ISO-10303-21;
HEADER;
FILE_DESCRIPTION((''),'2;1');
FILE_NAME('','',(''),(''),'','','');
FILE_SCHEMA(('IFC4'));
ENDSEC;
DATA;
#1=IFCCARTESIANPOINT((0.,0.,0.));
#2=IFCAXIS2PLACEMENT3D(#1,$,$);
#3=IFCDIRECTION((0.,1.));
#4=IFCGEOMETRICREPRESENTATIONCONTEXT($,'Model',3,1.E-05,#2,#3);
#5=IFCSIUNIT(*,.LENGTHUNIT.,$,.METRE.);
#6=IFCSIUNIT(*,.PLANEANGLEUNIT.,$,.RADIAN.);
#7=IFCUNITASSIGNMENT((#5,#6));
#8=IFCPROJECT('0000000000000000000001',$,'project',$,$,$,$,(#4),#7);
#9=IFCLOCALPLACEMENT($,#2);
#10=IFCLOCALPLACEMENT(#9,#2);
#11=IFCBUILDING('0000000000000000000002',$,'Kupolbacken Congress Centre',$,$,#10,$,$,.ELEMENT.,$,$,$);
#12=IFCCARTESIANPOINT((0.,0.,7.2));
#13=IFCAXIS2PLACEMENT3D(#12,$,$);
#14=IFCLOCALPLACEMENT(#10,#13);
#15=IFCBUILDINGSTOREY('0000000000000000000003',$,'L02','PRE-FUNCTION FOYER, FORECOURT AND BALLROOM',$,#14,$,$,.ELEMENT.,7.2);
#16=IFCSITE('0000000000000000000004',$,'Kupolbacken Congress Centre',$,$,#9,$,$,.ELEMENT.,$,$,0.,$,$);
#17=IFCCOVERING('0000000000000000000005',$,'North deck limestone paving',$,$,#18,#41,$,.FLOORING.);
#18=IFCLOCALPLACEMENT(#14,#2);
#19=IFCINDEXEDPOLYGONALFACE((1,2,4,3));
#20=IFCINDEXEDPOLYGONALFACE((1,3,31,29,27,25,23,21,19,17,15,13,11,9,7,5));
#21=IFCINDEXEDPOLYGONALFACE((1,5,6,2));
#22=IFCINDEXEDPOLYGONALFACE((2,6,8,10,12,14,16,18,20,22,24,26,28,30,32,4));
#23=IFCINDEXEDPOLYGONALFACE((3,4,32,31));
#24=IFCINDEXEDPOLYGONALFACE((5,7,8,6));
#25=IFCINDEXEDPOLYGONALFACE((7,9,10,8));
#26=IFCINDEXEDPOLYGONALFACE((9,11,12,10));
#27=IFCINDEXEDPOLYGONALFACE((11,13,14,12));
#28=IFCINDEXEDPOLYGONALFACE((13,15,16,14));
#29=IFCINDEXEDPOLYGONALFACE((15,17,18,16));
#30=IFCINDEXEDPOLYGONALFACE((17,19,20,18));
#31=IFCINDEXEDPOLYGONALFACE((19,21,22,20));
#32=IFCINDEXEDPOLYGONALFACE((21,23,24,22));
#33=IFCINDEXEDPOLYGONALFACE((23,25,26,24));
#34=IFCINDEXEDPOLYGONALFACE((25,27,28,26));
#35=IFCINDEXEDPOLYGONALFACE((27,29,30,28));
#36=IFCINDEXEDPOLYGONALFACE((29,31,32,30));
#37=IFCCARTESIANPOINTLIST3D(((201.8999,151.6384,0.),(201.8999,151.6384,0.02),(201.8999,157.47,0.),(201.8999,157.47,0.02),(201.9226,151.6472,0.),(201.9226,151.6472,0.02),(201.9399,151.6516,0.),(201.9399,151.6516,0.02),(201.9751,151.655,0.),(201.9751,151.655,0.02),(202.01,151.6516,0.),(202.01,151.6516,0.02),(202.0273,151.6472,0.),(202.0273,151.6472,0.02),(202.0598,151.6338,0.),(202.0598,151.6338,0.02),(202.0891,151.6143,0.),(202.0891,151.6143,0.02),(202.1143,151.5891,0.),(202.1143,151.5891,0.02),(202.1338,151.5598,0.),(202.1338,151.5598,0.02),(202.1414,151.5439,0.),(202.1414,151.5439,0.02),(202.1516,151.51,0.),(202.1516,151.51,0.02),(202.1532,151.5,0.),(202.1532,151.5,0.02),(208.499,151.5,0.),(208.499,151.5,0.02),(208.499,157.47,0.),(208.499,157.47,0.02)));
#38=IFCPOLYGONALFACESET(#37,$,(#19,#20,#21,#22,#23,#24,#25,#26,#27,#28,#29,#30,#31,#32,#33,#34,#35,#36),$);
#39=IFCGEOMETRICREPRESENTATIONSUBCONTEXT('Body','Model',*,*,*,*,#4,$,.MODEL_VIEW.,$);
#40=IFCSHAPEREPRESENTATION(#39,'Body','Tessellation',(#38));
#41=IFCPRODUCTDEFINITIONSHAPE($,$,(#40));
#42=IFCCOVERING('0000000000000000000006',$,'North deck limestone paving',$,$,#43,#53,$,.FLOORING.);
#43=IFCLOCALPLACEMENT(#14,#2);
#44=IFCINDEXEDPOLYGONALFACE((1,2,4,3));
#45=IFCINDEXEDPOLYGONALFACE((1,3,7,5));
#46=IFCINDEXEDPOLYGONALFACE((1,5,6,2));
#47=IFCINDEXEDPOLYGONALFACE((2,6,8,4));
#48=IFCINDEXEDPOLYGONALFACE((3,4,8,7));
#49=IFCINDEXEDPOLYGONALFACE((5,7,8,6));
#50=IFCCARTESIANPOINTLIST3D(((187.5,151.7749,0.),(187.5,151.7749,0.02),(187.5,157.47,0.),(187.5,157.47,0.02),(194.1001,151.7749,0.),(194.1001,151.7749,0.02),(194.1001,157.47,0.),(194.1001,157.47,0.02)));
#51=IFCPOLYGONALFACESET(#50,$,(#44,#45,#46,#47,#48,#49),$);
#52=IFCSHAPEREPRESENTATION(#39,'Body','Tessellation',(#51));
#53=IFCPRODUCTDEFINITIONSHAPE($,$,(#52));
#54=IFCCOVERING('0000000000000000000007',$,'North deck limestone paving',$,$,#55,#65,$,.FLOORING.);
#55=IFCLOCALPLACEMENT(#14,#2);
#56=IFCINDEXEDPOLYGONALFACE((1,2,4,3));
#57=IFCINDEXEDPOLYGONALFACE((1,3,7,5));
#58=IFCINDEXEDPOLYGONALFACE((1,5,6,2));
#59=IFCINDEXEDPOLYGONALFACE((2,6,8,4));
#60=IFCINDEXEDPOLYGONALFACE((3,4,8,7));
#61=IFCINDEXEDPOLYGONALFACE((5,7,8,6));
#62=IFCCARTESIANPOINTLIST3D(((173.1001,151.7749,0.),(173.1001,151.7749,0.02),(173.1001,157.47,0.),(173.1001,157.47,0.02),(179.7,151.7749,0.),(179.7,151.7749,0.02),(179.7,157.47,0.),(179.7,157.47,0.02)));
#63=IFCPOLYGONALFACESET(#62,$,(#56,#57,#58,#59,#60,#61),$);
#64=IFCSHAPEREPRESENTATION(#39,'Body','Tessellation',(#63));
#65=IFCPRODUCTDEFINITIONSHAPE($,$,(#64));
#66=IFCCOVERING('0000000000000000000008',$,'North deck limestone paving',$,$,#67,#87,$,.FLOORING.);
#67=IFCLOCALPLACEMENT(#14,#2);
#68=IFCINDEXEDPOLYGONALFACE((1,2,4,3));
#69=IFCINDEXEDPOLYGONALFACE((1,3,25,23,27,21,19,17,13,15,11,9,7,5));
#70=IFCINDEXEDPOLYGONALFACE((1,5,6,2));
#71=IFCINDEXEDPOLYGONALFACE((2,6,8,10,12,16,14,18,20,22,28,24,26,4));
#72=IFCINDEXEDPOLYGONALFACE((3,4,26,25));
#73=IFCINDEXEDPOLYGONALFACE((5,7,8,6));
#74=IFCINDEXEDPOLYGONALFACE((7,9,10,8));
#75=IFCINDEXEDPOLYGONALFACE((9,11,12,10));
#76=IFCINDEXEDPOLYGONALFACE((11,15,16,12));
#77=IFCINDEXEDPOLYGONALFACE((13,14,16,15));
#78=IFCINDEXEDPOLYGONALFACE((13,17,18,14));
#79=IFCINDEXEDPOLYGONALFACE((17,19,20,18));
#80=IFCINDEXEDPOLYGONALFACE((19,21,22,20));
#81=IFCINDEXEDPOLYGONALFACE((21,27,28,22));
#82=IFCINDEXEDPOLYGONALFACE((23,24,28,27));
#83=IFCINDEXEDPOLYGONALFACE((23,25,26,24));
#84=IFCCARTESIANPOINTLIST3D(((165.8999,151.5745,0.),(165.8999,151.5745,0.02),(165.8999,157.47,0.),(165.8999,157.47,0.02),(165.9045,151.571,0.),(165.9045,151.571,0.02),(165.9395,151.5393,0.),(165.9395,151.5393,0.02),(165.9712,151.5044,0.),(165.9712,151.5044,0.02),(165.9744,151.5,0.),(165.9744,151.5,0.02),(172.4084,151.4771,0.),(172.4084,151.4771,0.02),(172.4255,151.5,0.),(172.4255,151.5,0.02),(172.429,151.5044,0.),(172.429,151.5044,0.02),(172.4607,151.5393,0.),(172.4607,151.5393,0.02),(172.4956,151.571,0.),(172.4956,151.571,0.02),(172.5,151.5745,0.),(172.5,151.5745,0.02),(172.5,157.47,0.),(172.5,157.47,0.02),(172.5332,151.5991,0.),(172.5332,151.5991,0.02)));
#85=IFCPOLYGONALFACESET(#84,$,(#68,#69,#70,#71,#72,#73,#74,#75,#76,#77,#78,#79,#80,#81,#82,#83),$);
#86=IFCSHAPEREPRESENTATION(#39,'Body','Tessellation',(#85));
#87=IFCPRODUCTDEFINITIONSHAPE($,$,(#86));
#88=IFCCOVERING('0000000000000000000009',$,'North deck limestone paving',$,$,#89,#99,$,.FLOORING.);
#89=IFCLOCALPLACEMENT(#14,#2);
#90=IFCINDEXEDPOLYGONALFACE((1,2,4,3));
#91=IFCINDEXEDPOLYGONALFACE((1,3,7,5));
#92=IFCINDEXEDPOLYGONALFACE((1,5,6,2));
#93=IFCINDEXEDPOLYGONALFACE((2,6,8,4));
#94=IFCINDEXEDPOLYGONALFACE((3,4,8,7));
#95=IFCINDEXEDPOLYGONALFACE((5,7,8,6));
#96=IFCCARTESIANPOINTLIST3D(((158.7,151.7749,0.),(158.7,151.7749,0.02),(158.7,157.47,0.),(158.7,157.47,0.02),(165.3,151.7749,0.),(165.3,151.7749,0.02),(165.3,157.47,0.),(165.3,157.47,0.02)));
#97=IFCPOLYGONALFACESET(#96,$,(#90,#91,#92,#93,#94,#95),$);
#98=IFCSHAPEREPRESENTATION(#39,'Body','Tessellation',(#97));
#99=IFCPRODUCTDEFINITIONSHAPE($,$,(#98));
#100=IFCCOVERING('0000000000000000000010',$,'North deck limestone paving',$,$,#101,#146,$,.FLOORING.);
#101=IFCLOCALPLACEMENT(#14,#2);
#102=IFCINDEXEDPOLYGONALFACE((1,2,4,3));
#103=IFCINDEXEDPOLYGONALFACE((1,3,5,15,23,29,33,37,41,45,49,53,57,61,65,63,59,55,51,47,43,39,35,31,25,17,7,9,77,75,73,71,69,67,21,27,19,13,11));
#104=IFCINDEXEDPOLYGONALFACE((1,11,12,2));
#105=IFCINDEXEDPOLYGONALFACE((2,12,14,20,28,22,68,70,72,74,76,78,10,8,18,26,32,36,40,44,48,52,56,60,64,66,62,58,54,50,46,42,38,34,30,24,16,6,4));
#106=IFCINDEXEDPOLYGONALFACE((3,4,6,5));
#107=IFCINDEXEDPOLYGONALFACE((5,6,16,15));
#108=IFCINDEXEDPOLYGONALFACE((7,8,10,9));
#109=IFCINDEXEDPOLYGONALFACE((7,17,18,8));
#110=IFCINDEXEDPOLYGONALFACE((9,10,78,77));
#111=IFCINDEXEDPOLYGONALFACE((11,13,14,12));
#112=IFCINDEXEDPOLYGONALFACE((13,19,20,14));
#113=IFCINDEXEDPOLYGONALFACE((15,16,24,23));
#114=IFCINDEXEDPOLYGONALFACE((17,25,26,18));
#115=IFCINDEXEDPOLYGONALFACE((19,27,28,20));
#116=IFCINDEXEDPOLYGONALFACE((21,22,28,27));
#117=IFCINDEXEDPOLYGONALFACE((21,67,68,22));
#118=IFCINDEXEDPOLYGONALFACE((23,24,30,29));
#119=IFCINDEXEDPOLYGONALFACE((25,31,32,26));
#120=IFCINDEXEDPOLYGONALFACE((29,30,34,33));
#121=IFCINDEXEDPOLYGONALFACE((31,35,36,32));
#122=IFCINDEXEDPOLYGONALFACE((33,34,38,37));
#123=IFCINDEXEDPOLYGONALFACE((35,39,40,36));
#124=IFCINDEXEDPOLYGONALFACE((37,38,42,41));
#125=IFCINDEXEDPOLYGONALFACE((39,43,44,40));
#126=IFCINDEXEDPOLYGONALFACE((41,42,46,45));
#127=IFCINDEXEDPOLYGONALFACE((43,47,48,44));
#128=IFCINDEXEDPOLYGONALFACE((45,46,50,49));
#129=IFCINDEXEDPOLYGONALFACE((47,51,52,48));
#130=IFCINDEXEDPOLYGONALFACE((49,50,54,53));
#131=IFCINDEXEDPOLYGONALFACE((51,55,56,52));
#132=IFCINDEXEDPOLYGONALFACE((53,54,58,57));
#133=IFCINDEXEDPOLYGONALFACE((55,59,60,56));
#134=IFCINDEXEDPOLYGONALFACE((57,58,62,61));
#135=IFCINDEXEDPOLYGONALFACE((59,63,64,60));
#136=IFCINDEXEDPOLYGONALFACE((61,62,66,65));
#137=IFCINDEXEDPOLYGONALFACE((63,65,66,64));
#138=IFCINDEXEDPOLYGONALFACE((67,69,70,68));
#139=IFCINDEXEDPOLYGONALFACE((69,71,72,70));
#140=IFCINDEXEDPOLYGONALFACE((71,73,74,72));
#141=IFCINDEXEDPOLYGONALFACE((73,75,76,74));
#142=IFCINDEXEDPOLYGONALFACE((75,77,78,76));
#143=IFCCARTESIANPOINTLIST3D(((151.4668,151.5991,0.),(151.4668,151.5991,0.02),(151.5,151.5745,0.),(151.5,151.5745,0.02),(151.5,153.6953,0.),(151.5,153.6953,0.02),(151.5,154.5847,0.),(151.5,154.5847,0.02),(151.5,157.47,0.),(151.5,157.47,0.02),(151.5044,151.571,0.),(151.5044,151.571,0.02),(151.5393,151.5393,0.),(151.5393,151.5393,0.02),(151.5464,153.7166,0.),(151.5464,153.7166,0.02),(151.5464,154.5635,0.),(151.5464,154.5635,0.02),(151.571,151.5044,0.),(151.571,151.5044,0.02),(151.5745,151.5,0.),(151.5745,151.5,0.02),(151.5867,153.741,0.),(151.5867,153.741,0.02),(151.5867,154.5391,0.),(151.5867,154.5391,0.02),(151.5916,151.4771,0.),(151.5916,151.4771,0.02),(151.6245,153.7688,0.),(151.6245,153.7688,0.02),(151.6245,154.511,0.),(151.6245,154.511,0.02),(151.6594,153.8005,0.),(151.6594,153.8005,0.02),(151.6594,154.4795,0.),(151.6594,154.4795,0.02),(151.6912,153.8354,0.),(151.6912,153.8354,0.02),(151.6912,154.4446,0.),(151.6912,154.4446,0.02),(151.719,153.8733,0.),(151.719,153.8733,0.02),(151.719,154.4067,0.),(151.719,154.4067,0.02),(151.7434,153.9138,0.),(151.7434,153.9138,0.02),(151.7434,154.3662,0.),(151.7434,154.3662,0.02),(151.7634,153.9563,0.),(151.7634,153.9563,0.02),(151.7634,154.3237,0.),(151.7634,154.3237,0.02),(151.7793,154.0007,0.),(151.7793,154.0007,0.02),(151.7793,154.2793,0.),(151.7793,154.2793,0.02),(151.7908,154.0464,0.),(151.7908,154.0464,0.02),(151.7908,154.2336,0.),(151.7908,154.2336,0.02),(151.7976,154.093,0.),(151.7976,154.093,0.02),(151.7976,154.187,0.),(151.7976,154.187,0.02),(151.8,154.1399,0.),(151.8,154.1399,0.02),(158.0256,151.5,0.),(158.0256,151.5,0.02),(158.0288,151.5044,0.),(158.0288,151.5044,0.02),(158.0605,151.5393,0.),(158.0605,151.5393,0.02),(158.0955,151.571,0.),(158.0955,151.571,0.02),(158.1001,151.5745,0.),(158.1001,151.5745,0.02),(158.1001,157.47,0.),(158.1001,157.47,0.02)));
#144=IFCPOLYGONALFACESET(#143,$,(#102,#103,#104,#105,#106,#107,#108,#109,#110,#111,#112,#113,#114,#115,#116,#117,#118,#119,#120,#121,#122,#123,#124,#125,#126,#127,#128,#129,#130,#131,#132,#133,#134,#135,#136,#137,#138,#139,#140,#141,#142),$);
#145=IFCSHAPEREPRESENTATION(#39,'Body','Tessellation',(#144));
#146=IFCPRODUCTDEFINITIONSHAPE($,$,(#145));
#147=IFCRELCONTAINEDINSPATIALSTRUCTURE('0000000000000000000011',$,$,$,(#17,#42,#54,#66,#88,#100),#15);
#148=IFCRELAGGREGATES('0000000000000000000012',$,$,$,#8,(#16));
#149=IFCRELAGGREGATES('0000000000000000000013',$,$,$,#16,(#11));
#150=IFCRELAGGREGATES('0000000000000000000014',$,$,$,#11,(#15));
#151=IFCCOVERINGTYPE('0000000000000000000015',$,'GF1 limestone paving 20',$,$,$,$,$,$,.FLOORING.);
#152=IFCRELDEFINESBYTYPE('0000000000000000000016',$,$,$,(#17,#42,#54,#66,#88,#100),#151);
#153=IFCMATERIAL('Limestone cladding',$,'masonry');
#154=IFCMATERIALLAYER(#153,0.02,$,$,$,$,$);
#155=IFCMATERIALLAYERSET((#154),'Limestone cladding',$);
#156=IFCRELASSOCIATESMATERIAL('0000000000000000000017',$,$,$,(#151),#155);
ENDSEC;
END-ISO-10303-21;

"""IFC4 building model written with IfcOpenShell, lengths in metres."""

from ifc_helpers import new_model, si_unit, direction, frame, origin, place, context, subcontext, project, spatial, polyline, outline, extrude, material, layer, layer_set, type_object, element, save


model = new_model("IFC4")

# Units and contexts
model_context = context("Model", 3, precision=1e-05, world=origin(), true_north=direction((0.0, 1.0)))
body_context = subcontext(model_context, "Body", "Model", "MODEL_VIEW")
ifc_project = project(units=[si_unit("LENGTHUNIT", "METRE"), si_unit("PLANEANGLEUNIT", "RADIAN")], contexts=[model_context])

# Site, building, storey
site_placement = place(None, origin())
site = spatial("IfcSite", under=ifc_project, at=site_placement, Name="Kupolbacken Congress Centre", CompositionType="ELEMENT", RefElevation=0.0)
building_placement = place(site_placement, origin())
building = spatial("IfcBuilding", under=site, at=building_placement, Name="Kupolbacken Congress Centre", CompositionType="ELEMENT")
storey_placement = place(building_placement, frame((0.0, 0.0, 7.2)))
storey = spatial("IfcBuildingStorey", under=building, at=storey_placement, Name="L02", Description="PRE-FUNCTION FOYER, FORECOURT AND BALLROOM", CompositionType="ELEMENT", Elevation=7.2)

# Coverings
ifc_material_1 = material(Name="Limestone cladding", Category="masonry")
ifc_layer_1 = layer(ifc_material_1, 0.02)
ifc_layer_set_1 = layer_set([ifc_layer_1], Name="Limestone cladding")
covering_type_1 = type_object("IfcCoveringType", Name="GF1 limestone paving 20", PredefinedType="FLOORING", material=ifc_layer_set_1)
covering_1_placement = place(storey_placement, origin())
element("IfcCovering", 1, at=covering_1_placement, inside=storey, type_object=covering_type_1, Name="North deck limestone paving", PredefinedType="FLOORING", context=body_context, shape_type="SweptSolid", body=[
    extrude(outline(polyline([(202.1516, 151.51), (202.1414, 151.5439), (202.1338, 151.5598), (202.1143, 151.5891), (202.0891, 151.6143), (202.0598, 151.6338), (202.0273, 151.6472), (202.01, 151.6516), (201.9751, 151.655), (201.9399, 151.6516), (201.9226, 151.6472), (201.8999, 151.6384), (201.8999, 157.47), (208.499, 157.47), (208.499, 151.5), (202.1531, 151.5), (202.1543, 151.4927), (202.1516, 151.51)])), origin(), (0.0, 0.0, 1.0), 0.02),
])
covering_2_placement = place(storey_placement, origin())
element("IfcCovering", 2, at=covering_2_placement, inside=storey, type_object=covering_type_1, Name="North deck limestone paving", PredefinedType="FLOORING", context=body_context, shape_type="SweptSolid", body=[
    extrude(outline(polyline([(187.5, 151.7749), (187.5, 157.47), (194.1001, 157.47), (194.1001, 151.7749), (187.5, 151.7749)])), origin(), (0.0, 0.0, 1.0), 0.02),
])
covering_3_placement = place(storey_placement, origin())
element("IfcCovering", 3, at=covering_3_placement, inside=storey, type_object=covering_type_1, Name="North deck limestone paving", PredefinedType="FLOORING", context=body_context, shape_type="SweptSolid", body=[
    extrude(outline(polyline([(173.1001, 151.7749), (173.1001, 157.47), (179.7, 157.47), (179.7, 151.7749), (173.1001, 151.7749)])), origin(), (0.0, 0.0, 1.0), 0.02),
])
covering_4_placement = place(storey_placement, origin())
element("IfcCovering", 4, at=covering_4_placement, inside=storey, type_object=covering_type_1, Name="North deck limestone paving", PredefinedType="FLOORING", context=body_context, shape_type="SweptSolid", body=[
    extrude(outline(polyline([(172.4956, 151.571), (172.4607, 151.5393), (172.429, 151.5044), (172.4084, 151.4771), (172.4255, 151.5), (165.9744, 151.5), (165.9915, 151.4771), (165.9712, 151.5044), (165.9395, 151.5393), (165.9045, 151.571), (165.8667, 151.5991), (165.8999, 151.5745), (165.8999, 157.47), (172.5, 157.47), (172.5, 151.5745), (172.5332, 151.5991), (172.4956, 151.571)])), origin(), (0.0, 0.0, 1.0), 0.02),
])
covering_5_placement = place(storey_placement, origin())
element("IfcCovering", 5, at=covering_5_placement, inside=storey, type_object=covering_type_1, Name="North deck limestone paving", PredefinedType="FLOORING", context=body_context, shape_type="SweptSolid", body=[
    extrude(outline(polyline([(158.7, 151.7749), (158.7, 157.47), (165.3, 157.47), (165.3, 151.7749), (158.7, 151.7749)])), origin(), (0.0, 0.0, 1.0), 0.02),
])
covering_6_placement = place(storey_placement, origin())
element("IfcCovering", 6, at=covering_6_placement, inside=storey, type_object=covering_type_1, Name="North deck limestone paving", PredefinedType="FLOORING", context=body_context, shape_type="SweptSolid", body=[
    extrude(outline(polyline([(158.0955, 151.571), (158.0605, 151.5393), (158.0288, 151.5044), (158.0085, 151.4771), (158.0256, 151.5), (151.5745, 151.5), (151.5916, 151.4771), (151.571, 151.5044), (151.5393, 151.5393), (151.5044, 151.571), (151.4668, 151.5991), (151.5, 151.5745), (151.5, 153.6953), (151.5464, 153.7166), (151.5867, 153.741), (151.6245, 153.7688), (151.6594, 153.8005), (151.6912, 153.8354), (151.719, 153.8733), (151.7434, 153.9138), (151.7634, 153.9563), (151.7793, 154.0007), (151.7908, 154.0464), (151.7976, 154.093), (151.8, 154.1399), (151.7976, 154.187), (151.7908, 154.2336), (151.7793, 154.2793), (151.7634, 154.3237), (151.7434, 154.3662), (151.719, 154.4067), (151.6912, 154.4446), (151.6594, 154.4795), (151.6245, 154.511), (151.5867, 154.5391), (151.5464, 154.5635), (151.5, 154.5847), (151.5, 157.47), (158.1001, 157.47), (158.1001, 151.5745), (158.1333, 151.5991), (158.0955, 151.571)])), origin(), (0.0, 0.0, 1.0), 0.02),
])

save(model, "model.ifc")
